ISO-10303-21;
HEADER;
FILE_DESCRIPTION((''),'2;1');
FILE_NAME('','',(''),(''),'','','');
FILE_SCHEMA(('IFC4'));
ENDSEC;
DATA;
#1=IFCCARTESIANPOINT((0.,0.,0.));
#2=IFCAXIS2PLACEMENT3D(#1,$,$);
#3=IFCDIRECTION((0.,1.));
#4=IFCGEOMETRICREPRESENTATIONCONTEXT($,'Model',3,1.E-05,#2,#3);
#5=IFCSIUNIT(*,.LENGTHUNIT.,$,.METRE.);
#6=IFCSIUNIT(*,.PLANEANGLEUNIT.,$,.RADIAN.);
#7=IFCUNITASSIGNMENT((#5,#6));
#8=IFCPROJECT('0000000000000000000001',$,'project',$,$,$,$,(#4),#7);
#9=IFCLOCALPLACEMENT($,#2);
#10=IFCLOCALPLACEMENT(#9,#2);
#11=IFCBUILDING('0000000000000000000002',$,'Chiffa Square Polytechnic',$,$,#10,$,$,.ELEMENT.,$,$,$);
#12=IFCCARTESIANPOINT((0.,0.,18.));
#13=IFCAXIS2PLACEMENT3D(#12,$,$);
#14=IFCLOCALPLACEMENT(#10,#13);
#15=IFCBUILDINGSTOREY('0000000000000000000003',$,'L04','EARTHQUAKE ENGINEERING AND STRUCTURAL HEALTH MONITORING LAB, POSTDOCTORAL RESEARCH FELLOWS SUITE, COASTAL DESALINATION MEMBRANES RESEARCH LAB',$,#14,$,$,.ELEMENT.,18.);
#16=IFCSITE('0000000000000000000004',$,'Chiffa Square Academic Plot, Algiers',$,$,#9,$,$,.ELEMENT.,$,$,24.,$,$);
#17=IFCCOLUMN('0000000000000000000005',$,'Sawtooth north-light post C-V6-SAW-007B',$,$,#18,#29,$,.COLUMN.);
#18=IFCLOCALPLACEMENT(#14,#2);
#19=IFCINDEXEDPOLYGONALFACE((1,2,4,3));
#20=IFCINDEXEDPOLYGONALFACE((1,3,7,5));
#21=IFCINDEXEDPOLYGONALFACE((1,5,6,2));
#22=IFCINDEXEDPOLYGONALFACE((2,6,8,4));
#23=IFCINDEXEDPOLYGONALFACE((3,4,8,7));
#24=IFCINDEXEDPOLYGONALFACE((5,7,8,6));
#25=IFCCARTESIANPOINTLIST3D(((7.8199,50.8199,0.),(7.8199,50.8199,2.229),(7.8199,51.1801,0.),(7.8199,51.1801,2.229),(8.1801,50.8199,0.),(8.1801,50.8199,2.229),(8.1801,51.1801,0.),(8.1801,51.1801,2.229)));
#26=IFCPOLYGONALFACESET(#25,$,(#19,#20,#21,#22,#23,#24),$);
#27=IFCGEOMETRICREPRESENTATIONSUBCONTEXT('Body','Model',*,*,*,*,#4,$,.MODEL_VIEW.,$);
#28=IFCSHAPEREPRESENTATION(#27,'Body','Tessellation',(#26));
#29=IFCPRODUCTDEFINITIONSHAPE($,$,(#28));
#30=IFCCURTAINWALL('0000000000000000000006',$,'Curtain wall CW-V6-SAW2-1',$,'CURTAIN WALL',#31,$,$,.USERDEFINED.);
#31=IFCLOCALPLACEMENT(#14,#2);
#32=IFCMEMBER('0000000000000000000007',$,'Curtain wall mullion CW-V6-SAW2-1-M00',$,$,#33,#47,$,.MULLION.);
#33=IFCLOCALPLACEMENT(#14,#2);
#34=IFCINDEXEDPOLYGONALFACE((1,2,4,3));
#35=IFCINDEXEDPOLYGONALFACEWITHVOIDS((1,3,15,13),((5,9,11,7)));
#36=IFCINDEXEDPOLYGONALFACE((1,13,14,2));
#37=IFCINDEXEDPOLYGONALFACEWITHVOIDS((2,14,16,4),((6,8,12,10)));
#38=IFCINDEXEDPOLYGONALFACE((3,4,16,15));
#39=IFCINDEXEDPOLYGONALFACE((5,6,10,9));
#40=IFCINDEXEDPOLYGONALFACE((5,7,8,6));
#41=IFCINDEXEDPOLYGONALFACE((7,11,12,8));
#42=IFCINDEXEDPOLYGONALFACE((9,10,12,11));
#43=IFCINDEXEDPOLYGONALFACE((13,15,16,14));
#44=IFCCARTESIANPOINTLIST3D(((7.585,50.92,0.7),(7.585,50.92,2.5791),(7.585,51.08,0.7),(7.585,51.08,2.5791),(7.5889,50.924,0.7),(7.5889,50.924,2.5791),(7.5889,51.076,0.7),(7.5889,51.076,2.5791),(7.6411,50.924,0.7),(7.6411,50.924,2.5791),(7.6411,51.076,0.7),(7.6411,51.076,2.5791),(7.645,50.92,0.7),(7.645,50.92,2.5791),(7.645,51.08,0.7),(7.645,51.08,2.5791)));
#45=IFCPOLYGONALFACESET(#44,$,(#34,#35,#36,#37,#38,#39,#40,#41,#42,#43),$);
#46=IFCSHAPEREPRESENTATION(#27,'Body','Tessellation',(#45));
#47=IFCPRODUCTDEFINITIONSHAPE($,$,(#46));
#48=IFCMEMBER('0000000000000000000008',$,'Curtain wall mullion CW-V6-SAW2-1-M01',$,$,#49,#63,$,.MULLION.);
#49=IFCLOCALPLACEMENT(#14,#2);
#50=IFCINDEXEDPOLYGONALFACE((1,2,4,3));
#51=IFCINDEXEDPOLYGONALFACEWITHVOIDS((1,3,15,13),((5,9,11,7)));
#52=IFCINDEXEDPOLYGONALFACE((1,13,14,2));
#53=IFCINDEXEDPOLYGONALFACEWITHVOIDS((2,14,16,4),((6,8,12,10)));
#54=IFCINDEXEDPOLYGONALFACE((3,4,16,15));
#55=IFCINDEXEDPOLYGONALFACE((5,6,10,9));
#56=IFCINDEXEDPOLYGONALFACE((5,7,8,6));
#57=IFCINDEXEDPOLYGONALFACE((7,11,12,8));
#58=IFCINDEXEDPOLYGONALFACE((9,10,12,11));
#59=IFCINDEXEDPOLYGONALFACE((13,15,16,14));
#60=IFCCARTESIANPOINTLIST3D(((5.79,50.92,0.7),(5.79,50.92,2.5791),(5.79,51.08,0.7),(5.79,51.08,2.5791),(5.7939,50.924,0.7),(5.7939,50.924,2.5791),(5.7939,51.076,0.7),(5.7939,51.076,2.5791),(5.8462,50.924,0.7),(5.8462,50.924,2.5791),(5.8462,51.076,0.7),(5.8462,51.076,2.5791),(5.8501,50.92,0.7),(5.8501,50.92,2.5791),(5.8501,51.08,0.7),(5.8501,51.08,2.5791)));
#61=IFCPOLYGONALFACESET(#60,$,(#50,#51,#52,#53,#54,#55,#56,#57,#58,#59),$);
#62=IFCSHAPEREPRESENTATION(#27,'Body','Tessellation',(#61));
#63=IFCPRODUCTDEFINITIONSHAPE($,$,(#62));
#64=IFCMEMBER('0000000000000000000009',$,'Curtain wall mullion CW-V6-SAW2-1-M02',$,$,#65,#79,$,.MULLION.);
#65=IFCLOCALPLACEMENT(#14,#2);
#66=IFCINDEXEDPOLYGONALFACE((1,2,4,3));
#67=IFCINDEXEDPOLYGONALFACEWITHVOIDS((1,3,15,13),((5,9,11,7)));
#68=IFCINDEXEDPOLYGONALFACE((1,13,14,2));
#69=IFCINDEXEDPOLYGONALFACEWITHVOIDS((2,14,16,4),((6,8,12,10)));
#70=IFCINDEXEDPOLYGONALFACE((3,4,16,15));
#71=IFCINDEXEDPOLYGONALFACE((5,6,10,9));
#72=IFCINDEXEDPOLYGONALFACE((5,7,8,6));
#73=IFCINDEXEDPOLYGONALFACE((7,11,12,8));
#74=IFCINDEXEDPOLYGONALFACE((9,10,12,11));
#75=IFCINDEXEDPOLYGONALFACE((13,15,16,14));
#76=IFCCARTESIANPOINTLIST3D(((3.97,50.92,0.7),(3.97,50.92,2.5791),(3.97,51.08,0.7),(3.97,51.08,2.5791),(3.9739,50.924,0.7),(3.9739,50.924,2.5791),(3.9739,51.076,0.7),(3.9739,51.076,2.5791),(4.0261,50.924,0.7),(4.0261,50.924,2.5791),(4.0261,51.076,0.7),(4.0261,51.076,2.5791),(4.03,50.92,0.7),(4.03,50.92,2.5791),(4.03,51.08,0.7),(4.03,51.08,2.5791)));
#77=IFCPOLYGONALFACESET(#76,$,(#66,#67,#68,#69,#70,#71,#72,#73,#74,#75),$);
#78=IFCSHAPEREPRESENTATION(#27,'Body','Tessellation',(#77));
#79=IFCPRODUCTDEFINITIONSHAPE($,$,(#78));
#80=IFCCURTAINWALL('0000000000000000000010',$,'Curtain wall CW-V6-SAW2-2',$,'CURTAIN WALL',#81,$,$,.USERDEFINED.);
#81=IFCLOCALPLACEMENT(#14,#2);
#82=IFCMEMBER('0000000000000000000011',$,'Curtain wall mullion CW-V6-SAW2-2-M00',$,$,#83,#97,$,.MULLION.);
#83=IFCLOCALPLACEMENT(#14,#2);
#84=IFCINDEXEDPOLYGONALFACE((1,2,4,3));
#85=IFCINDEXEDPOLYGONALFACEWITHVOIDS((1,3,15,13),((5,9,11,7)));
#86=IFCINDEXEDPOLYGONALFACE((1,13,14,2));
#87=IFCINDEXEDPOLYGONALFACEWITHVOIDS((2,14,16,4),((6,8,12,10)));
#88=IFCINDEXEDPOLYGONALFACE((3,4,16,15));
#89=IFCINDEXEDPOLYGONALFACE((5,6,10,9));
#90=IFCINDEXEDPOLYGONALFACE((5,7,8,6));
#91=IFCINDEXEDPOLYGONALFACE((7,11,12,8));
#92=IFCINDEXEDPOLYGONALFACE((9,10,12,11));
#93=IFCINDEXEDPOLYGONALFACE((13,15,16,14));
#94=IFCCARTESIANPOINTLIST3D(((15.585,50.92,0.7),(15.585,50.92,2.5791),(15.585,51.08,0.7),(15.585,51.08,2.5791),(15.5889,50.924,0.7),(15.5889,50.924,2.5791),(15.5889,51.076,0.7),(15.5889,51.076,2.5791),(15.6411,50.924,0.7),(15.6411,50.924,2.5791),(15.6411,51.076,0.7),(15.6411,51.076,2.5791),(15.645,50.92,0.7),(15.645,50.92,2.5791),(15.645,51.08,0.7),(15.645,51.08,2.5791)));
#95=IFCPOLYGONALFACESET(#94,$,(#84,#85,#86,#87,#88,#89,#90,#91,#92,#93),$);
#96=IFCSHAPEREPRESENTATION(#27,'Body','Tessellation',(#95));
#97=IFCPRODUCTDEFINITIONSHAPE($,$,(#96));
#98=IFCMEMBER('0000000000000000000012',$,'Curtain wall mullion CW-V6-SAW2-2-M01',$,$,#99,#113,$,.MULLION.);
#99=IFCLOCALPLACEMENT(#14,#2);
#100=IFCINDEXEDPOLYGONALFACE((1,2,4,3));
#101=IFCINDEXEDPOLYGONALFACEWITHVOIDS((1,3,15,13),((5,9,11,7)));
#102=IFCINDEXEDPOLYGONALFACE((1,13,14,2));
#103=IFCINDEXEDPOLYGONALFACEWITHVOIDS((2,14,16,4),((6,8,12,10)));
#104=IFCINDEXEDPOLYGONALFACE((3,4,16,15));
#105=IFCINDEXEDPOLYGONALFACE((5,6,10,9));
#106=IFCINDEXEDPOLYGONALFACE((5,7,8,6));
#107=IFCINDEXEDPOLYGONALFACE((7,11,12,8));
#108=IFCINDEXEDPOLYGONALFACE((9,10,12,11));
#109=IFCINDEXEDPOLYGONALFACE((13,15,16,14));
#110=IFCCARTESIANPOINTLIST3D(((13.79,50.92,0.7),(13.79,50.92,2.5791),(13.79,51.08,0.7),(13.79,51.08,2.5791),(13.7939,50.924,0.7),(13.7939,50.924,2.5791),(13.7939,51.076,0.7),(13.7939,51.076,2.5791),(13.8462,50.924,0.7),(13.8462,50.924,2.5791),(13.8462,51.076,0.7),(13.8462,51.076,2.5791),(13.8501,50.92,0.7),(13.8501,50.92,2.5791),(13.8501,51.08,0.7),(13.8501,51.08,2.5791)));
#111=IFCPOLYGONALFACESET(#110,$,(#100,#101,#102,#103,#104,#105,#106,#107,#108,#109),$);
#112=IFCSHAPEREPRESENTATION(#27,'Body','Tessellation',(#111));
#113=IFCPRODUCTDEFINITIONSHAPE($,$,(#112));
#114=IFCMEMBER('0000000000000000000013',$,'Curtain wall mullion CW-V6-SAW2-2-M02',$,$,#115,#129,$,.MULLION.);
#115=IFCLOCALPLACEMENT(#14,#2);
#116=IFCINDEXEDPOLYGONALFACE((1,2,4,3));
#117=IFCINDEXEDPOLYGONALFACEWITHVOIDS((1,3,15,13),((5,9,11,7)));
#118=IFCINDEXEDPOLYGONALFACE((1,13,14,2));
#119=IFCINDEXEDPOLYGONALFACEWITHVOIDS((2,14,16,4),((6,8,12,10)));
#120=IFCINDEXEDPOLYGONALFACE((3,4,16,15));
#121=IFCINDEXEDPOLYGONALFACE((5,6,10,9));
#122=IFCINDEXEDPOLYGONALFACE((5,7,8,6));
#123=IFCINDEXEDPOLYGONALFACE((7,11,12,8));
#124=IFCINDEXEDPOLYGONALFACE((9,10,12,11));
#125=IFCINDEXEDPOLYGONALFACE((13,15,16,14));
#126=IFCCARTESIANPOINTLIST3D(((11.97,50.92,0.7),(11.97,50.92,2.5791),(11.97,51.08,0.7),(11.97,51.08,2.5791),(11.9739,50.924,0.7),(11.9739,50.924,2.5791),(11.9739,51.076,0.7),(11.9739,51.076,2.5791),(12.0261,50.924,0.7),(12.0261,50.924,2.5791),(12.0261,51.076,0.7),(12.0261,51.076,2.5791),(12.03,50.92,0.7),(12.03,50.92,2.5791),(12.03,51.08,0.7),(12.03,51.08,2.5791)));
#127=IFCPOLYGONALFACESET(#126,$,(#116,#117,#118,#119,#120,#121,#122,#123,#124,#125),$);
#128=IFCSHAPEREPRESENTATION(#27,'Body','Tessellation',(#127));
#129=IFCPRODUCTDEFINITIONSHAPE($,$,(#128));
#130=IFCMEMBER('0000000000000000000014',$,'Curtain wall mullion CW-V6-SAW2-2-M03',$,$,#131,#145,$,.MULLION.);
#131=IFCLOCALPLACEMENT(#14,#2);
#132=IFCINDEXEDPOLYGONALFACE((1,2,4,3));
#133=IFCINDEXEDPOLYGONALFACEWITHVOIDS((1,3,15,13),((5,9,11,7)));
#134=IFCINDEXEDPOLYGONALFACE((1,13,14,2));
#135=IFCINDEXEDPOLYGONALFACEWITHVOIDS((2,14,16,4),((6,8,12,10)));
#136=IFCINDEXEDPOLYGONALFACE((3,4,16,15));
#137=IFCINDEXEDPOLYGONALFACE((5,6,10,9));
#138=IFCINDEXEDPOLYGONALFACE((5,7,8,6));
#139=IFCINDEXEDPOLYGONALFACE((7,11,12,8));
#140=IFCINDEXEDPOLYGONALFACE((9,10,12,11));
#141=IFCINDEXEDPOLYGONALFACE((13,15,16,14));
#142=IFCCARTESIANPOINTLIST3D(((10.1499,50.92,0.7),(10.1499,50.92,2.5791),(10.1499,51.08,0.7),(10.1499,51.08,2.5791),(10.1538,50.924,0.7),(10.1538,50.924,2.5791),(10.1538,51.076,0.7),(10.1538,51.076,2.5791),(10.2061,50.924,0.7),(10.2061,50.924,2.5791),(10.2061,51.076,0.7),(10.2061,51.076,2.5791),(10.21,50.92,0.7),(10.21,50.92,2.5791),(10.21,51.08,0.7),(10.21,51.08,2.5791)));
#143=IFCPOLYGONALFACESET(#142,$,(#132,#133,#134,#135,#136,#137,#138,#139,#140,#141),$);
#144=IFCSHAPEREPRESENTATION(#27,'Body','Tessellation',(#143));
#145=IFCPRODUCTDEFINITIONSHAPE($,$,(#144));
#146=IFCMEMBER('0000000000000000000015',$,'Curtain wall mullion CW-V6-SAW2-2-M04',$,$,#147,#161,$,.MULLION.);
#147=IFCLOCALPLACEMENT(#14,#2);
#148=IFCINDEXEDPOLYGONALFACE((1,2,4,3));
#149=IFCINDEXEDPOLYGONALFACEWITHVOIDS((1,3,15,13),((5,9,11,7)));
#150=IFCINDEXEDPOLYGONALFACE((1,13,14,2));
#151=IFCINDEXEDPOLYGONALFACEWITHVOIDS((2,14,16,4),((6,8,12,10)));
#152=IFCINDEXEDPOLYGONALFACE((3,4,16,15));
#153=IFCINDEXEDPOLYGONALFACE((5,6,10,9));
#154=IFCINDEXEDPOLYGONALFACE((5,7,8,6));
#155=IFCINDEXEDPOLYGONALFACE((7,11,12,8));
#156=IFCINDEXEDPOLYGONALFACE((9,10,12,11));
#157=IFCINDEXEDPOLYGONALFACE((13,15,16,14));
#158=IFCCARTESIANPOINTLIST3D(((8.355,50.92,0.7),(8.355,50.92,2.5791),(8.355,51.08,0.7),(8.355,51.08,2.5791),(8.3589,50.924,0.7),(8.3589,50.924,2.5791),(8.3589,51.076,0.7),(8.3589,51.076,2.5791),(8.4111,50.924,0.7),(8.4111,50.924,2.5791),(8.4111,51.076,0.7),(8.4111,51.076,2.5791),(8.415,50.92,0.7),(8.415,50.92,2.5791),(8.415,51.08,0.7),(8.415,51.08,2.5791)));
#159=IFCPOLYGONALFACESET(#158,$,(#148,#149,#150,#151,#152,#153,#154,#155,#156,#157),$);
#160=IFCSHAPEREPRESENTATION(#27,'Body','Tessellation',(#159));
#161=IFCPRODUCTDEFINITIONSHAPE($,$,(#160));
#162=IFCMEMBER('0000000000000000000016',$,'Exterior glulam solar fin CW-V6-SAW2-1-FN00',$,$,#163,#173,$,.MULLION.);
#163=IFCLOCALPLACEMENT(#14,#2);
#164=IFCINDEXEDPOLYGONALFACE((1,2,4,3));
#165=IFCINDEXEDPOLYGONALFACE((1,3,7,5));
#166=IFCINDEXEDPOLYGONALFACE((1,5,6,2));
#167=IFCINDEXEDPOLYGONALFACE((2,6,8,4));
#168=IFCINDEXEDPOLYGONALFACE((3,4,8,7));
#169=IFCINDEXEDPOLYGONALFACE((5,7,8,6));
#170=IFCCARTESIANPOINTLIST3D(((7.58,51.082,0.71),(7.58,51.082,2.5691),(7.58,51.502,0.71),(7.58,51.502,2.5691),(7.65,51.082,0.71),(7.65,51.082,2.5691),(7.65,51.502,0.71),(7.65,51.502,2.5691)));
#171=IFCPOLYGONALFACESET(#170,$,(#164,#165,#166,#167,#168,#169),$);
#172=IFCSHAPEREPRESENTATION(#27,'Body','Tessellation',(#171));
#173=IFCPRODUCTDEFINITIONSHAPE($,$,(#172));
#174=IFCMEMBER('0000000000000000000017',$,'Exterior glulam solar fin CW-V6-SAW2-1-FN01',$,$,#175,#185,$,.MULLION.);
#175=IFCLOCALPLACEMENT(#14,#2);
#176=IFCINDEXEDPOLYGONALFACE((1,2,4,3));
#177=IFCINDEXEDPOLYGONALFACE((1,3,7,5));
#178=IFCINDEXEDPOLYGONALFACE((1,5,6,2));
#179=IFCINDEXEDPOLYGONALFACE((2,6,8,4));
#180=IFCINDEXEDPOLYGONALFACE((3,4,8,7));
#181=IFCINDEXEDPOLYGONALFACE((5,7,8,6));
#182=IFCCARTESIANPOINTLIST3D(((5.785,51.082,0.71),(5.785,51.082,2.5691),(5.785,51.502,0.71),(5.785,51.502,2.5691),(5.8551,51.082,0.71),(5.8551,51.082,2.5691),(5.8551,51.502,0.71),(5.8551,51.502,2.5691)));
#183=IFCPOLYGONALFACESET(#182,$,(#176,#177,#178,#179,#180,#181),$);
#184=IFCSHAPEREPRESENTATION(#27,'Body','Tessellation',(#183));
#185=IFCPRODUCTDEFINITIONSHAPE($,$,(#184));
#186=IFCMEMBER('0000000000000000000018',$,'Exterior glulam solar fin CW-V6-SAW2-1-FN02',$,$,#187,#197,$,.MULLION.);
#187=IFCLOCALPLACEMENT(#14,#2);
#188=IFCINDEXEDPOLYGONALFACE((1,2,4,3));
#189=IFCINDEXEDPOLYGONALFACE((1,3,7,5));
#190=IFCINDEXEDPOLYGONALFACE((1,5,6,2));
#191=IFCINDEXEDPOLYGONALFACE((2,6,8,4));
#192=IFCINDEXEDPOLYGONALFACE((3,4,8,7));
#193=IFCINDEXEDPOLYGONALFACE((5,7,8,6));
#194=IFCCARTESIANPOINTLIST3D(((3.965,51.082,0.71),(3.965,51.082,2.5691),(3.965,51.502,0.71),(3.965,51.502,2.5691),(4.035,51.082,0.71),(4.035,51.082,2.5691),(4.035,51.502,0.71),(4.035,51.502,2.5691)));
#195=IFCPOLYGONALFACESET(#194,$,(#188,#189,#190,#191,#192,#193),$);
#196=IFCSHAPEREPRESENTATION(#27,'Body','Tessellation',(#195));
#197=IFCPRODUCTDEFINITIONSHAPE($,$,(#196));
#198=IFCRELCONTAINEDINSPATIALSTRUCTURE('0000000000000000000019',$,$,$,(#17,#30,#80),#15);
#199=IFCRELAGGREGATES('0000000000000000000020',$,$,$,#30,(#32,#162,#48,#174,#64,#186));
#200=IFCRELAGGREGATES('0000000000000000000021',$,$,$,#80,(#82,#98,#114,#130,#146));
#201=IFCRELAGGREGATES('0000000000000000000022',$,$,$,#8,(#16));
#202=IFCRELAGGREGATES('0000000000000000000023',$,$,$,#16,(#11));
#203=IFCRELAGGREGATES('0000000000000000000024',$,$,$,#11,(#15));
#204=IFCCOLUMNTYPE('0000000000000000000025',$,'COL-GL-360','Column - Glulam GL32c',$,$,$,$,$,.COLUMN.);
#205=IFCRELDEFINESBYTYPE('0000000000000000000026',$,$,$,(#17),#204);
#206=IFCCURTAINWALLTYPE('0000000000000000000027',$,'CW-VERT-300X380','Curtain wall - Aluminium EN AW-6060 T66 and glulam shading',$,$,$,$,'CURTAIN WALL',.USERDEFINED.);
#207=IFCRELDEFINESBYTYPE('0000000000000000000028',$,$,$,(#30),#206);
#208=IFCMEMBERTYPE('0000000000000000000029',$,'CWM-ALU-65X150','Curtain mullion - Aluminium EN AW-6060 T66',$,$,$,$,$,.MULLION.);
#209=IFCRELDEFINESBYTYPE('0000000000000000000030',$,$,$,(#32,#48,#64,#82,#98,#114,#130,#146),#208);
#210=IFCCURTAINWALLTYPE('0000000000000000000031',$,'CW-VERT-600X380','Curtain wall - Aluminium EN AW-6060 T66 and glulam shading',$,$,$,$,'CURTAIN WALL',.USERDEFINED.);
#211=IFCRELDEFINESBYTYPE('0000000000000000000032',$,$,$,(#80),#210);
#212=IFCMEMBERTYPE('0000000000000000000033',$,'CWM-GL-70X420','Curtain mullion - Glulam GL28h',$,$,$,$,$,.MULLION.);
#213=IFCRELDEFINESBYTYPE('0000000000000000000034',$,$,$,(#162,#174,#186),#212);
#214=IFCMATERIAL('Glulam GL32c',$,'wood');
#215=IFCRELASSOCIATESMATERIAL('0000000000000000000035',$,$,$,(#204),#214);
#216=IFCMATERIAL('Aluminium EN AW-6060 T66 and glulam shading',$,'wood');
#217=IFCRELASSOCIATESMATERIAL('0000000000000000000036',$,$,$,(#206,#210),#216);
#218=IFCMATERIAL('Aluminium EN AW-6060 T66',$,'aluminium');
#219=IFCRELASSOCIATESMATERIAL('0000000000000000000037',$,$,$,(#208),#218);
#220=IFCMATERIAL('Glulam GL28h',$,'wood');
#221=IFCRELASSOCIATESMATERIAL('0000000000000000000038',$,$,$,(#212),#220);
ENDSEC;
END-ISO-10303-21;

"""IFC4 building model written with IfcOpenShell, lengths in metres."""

from ifc_helpers import new_model, si_unit, direction, frame, origin, origin_2d, place, context, subcontext, project, spatial, rectangle, hollow_rectangle, extrude, material, material_profile, profile_set, type_object, element, aggregate, save


model = new_model("IFC4")

# Units and contexts
model_context = context("Model", 3, precision=1e-05, world=origin(), true_north=direction((0.0, 1.0)))
body_context = subcontext(model_context, "Body", "Model", "MODEL_VIEW")
ifc_project = project(units=[si_unit("LENGTHUNIT", "METRE"), si_unit("PLANEANGLEUNIT", "RADIAN")], contexts=[model_context])

# Site, building, storey
site_placement = place(None, origin())
site = spatial("IfcSite", under=ifc_project, at=site_placement, Name="Chiffa Square Academic Plot, Algiers", CompositionType="ELEMENT", RefElevation=24.0)
building_placement = place(site_placement, origin())
building = spatial("IfcBuilding", under=site, at=building_placement, Name="Chiffa Square Polytechnic", CompositionType="ELEMENT")
storey_placement = place(building_placement, frame((0.0, 0.0, 18.0)))
storey = spatial("IfcBuildingStorey", under=building, at=storey_placement, Name="L04", Description="EARTHQUAKE ENGINEERING AND STRUCTURAL HEALTH MONITORING LAB, POSTDOCTORAL RESEARCH FELLOWS SUITE, COASTAL DESALINATION MEMBRANES RESEARCH LAB", CompositionType="ELEMENT", Elevation=18.0)

# Column
ifc_material_1 = material(Name="Glulam GL32c", Category="wood")
ifc_material_profile_1 = material_profile(ifc_material_1, rectangle(XDim=0.3601, YDim=0.3601, at=origin_2d()), Name="GL32c 360x360")
ifc_profile_set_1 = profile_set([ifc_material_profile_1], Name="Glulam GL32c")
column_type = type_object("IfcColumnType", Name="COL-GL-360", Description="Column - Glulam GL32c", PredefinedType="COLUMN", material=ifc_profile_set_1)
column_placement = place(storey_placement, frame((8.0, 51.0, 0.0), z_axis=(0.0, 0.0, 1.0), x_axis=(1.0, 0.0, 0.0)))
element("IfcColumn", 1, at=column_placement, inside=storey, type_object=column_type, Name="Sawtooth north-light post C-V6-SAW-007B", PredefinedType="COLUMN", context=body_context, shape_type="SweptSolid", body=[
    extrude(rectangle(XDim=0.3601, YDim=0.3601, at=origin_2d()), origin(), (0.0, 0.0, 1.0), 2.229),
])

# Curtain walls, members
ifc_material_2 = material(Name="Aluminium EN AW-6060 T66 and glulam shading", Category="wood")
curtain_wall_type_1 = type_object("IfcCurtainWallType", Name="CW-VERT-300X380", Description="Curtain wall - Aluminium EN AW-6060 T66 and glulam shading", ElementType="CURTAIN WALL", PredefinedType="USERDEFINED", material=ifc_material_2)
curtain_wall_1_placement = place(storey_placement, origin())
curtain_wall_1 = element("IfcCurtainWall", 2, at=curtain_wall_1_placement, inside=storey, type_object=curtain_wall_type_1, Name="Curtain wall CW-V6-SAW2-1", ObjectType="CURTAIN WALL", PredefinedType="USERDEFINED")
ifc_material_3 = material(Name="Aluminium EN AW-6060 T66", Category="aluminium")
ifc_material_profile_2 = material_profile(ifc_material_3, hollow_rectangle(XDim=0.0601, YDim=0.1599, WallThickness=0.0039, at=origin_2d()), Name="ALU 60x160x4")
ifc_profile_set_2 = profile_set([ifc_material_profile_2], Name="Aluminium EN AW-6060 T66")
member_type_1 = type_object("IfcMemberType", Name="CWM-ALU-65X150", Description="Curtain mullion - Aluminium EN AW-6060 T66", PredefinedType="MULLION", material=ifc_profile_set_2)
member_1_placement = place(storey_placement, frame((7.615, 51.0, 0.7), z_axis=(0.0, 0.0, 1.0), x_axis=(1.0, 0.0, 0.0)))
member_1 = element("IfcMember", 3, at=member_1_placement, type_object=member_type_1, Name="Curtain wall mullion CW-V6-SAW2-1-M00", PredefinedType="MULLION", context=body_context, shape_type="SweptSolid", body=[
    extrude(hollow_rectangle(XDim=0.0601, YDim=0.1599, WallThickness=0.0039, at=origin_2d()), origin(), (0.0, 0.0, 1.0), 1.8792),
])
member_2_placement = place(storey_placement, frame((5.8201, 51.0, 0.7), z_axis=(0.0, 0.0, 1.0), x_axis=(1.0, 0.0, 0.0)))
member_2 = element("IfcMember", 4, at=member_2_placement, type_object=member_type_1, Name="Curtain wall mullion CW-V6-SAW2-1-M01", PredefinedType="MULLION", context=body_context, shape_type="SweptSolid", body=[
    extrude(hollow_rectangle(XDim=0.0601, YDim=0.1599, WallThickness=0.0039, at=origin_2d()), origin(), (0.0, 0.0, 1.0), 1.8792),
])
member_3_placement = place(storey_placement, frame((4.0, 51.0, 0.7), z_axis=(0.0, 0.0, 1.0), x_axis=(1.0, 0.0, 0.0)))
member_3 = element("IfcMember", 5, at=member_3_placement, type_object=member_type_1, Name="Curtain wall mullion CW-V6-SAW2-1-M02", PredefinedType="MULLION", context=body_context, shape_type="SweptSolid", body=[
    extrude(hollow_rectangle(XDim=0.0601, YDim=0.1599, WallThickness=0.0039, at=origin_2d()), origin(), (0.0, 0.0, 1.0), 1.8792),
])
curtain_wall_type_2 = type_object("IfcCurtainWallType", Name="CW-VERT-600X380", Description="Curtain wall - Aluminium EN AW-6060 T66 and glulam shading", ElementType="CURTAIN WALL", PredefinedType="USERDEFINED", material=ifc_material_2)
curtain_wall_2_placement = place(storey_placement, origin())
curtain_wall_2 = element("IfcCurtainWall", 6, at=curtain_wall_2_placement, inside=storey, type_object=curtain_wall_type_2, Name="Curtain wall CW-V6-SAW2-2", ObjectType="CURTAIN WALL", PredefinedType="USERDEFINED")
member_4_placement = place(storey_placement, frame((15.615, 51.0, 0.7), z_axis=(0.0, 0.0, 1.0), x_axis=(1.0, 0.0, 0.0)))
member_4 = element("IfcMember", 7, at=member_4_placement, type_object=member_type_1, Name="Curtain wall mullion CW-V6-SAW2-2-M00", PredefinedType="MULLION", context=body_context, shape_type="SweptSolid", body=[
    extrude(hollow_rectangle(XDim=0.0601, YDim=0.1599, WallThickness=0.0039, at=origin_2d()), origin(), (0.0, 0.0, 1.0), 1.8792),
])
member_5_placement = place(storey_placement, frame((13.8201, 51.0, 0.7), z_axis=(0.0, 0.0, 1.0), x_axis=(1.0, 0.0, 0.0)))
member_5 = element("IfcMember", 8, at=member_5_placement, type_object=member_type_1, Name="Curtain wall mullion CW-V6-SAW2-2-M01", PredefinedType="MULLION", context=body_context, shape_type="SweptSolid", body=[
    extrude(hollow_rectangle(XDim=0.0601, YDim=0.1599, WallThickness=0.0039, at=origin_2d()), origin(), (0.0, 0.0, 1.0), 1.8792),
])
member_6_placement = place(storey_placement, frame((12.0, 51.0, 0.7), z_axis=(0.0, 0.0, 1.0), x_axis=(1.0, 0.0, 0.0)))
member_6 = element("IfcMember", 9, at=member_6_placement, type_object=member_type_1, Name="Curtain wall mullion CW-V6-SAW2-2-M02", PredefinedType="MULLION", context=body_context, shape_type="SweptSolid", body=[
    extrude(hollow_rectangle(XDim=0.0601, YDim=0.1599, WallThickness=0.0039, at=origin_2d()), origin(), (0.0, 0.0, 1.0), 1.8792),
])
member_7_placement = place(storey_placement, frame((10.1799, 51.0, 0.7), z_axis=(0.0, 0.0, 1.0), x_axis=(1.0, 0.0, 0.0)))
member_7 = element("IfcMember", 10, at=member_7_placement, type_object=member_type_1, Name="Curtain wall mullion CW-V6-SAW2-2-M03", PredefinedType="MULLION", context=body_context, shape_type="SweptSolid", body=[
    extrude(hollow_rectangle(XDim=0.0601, YDim=0.1599, WallThickness=0.0039, at=origin_2d()), origin(), (0.0, 0.0, 1.0), 1.8792),
])
member_8_placement = place(storey_placement, frame((8.385, 51.0, 0.7), z_axis=(0.0, 0.0, 1.0), x_axis=(1.0, 0.0, 0.0)))
member_8 = element("IfcMember", 11, at=member_8_placement, type_object=member_type_1, Name="Curtain wall mullion CW-V6-SAW2-2-M04", PredefinedType="MULLION", context=body_context, shape_type="SweptSolid", body=[
    extrude(hollow_rectangle(XDim=0.0601, YDim=0.1599, WallThickness=0.0039, at=origin_2d()), origin(), (0.0, 0.0, 1.0), 1.8792),
])

# Members
ifc_material_4 = material(Name="Glulam GL28h", Category="wood")
ifc_material_profile_3 = material_profile(ifc_material_4, rectangle(XDim=0.0701, YDim=0.4199, at=origin_2d()), Name="GL28h 70x420")
ifc_profile_set_3 = profile_set([ifc_material_profile_3], Name="Glulam GL28h")
member_type_2 = type_object("IfcMemberType", Name="CWM-GL-70X420", Description="Curtain mullion - Glulam GL28h", PredefinedType="MULLION", material=ifc_profile_set_3)
member_9_placement = place(storey_placement, frame((7.615, 51.292, 0.71), z_axis=(0.0, 0.0, 1.0), x_axis=(-1.0, 0.0, 0.0)))
member_9 = element("IfcMember", 12, at=member_9_placement, type_object=member_type_2, Name="Exterior glulam solar fin CW-V6-SAW2-1-FN00", PredefinedType="MULLION", context=body_context, shape_type="SweptSolid", body=[
    extrude(rectangle(XDim=0.0701, YDim=0.4199, at=origin_2d()), origin(), (0.0, 0.0, 1.0), 1.8591),
])
member_10_placement = place(storey_placement, frame((5.8201, 51.292, 0.71), z_axis=(0.0, 0.0, 1.0), x_axis=(-1.0, 0.0, 0.0)))
member_10 = element("IfcMember", 13, at=member_10_placement, type_object=member_type_2, Name="Exterior glulam solar fin CW-V6-SAW2-1-FN01", PredefinedType="MULLION", context=body_context, shape_type="SweptSolid", body=[
    extrude(rectangle(XDim=0.0701, YDim=0.4199, at=origin_2d()), origin(), (0.0, 0.0, 1.0), 1.8591),
])
member_11_placement = place(storey_placement, frame((4.0, 51.292, 0.71), z_axis=(0.0, 0.0, 1.0), x_axis=(-1.0, 0.0, 0.0)))
member_11 = element("IfcMember", 14, at=member_11_placement, type_object=member_type_2, Name="Exterior glulam solar fin CW-V6-SAW2-1-FN02", PredefinedType="MULLION", context=body_context, shape_type="SweptSolid", body=[
    extrude(rectangle(XDim=0.0701, YDim=0.4199, at=origin_2d()), origin(), (0.0, 0.0, 1.0), 1.8591),
])

aggregate(curtain_wall_1, [member_1, member_9, member_2, member_10, member_3, member_11])
aggregate(curtain_wall_2, [member_4, member_5, member_6, member_7, member_8])

save(model, "model.ifc")
